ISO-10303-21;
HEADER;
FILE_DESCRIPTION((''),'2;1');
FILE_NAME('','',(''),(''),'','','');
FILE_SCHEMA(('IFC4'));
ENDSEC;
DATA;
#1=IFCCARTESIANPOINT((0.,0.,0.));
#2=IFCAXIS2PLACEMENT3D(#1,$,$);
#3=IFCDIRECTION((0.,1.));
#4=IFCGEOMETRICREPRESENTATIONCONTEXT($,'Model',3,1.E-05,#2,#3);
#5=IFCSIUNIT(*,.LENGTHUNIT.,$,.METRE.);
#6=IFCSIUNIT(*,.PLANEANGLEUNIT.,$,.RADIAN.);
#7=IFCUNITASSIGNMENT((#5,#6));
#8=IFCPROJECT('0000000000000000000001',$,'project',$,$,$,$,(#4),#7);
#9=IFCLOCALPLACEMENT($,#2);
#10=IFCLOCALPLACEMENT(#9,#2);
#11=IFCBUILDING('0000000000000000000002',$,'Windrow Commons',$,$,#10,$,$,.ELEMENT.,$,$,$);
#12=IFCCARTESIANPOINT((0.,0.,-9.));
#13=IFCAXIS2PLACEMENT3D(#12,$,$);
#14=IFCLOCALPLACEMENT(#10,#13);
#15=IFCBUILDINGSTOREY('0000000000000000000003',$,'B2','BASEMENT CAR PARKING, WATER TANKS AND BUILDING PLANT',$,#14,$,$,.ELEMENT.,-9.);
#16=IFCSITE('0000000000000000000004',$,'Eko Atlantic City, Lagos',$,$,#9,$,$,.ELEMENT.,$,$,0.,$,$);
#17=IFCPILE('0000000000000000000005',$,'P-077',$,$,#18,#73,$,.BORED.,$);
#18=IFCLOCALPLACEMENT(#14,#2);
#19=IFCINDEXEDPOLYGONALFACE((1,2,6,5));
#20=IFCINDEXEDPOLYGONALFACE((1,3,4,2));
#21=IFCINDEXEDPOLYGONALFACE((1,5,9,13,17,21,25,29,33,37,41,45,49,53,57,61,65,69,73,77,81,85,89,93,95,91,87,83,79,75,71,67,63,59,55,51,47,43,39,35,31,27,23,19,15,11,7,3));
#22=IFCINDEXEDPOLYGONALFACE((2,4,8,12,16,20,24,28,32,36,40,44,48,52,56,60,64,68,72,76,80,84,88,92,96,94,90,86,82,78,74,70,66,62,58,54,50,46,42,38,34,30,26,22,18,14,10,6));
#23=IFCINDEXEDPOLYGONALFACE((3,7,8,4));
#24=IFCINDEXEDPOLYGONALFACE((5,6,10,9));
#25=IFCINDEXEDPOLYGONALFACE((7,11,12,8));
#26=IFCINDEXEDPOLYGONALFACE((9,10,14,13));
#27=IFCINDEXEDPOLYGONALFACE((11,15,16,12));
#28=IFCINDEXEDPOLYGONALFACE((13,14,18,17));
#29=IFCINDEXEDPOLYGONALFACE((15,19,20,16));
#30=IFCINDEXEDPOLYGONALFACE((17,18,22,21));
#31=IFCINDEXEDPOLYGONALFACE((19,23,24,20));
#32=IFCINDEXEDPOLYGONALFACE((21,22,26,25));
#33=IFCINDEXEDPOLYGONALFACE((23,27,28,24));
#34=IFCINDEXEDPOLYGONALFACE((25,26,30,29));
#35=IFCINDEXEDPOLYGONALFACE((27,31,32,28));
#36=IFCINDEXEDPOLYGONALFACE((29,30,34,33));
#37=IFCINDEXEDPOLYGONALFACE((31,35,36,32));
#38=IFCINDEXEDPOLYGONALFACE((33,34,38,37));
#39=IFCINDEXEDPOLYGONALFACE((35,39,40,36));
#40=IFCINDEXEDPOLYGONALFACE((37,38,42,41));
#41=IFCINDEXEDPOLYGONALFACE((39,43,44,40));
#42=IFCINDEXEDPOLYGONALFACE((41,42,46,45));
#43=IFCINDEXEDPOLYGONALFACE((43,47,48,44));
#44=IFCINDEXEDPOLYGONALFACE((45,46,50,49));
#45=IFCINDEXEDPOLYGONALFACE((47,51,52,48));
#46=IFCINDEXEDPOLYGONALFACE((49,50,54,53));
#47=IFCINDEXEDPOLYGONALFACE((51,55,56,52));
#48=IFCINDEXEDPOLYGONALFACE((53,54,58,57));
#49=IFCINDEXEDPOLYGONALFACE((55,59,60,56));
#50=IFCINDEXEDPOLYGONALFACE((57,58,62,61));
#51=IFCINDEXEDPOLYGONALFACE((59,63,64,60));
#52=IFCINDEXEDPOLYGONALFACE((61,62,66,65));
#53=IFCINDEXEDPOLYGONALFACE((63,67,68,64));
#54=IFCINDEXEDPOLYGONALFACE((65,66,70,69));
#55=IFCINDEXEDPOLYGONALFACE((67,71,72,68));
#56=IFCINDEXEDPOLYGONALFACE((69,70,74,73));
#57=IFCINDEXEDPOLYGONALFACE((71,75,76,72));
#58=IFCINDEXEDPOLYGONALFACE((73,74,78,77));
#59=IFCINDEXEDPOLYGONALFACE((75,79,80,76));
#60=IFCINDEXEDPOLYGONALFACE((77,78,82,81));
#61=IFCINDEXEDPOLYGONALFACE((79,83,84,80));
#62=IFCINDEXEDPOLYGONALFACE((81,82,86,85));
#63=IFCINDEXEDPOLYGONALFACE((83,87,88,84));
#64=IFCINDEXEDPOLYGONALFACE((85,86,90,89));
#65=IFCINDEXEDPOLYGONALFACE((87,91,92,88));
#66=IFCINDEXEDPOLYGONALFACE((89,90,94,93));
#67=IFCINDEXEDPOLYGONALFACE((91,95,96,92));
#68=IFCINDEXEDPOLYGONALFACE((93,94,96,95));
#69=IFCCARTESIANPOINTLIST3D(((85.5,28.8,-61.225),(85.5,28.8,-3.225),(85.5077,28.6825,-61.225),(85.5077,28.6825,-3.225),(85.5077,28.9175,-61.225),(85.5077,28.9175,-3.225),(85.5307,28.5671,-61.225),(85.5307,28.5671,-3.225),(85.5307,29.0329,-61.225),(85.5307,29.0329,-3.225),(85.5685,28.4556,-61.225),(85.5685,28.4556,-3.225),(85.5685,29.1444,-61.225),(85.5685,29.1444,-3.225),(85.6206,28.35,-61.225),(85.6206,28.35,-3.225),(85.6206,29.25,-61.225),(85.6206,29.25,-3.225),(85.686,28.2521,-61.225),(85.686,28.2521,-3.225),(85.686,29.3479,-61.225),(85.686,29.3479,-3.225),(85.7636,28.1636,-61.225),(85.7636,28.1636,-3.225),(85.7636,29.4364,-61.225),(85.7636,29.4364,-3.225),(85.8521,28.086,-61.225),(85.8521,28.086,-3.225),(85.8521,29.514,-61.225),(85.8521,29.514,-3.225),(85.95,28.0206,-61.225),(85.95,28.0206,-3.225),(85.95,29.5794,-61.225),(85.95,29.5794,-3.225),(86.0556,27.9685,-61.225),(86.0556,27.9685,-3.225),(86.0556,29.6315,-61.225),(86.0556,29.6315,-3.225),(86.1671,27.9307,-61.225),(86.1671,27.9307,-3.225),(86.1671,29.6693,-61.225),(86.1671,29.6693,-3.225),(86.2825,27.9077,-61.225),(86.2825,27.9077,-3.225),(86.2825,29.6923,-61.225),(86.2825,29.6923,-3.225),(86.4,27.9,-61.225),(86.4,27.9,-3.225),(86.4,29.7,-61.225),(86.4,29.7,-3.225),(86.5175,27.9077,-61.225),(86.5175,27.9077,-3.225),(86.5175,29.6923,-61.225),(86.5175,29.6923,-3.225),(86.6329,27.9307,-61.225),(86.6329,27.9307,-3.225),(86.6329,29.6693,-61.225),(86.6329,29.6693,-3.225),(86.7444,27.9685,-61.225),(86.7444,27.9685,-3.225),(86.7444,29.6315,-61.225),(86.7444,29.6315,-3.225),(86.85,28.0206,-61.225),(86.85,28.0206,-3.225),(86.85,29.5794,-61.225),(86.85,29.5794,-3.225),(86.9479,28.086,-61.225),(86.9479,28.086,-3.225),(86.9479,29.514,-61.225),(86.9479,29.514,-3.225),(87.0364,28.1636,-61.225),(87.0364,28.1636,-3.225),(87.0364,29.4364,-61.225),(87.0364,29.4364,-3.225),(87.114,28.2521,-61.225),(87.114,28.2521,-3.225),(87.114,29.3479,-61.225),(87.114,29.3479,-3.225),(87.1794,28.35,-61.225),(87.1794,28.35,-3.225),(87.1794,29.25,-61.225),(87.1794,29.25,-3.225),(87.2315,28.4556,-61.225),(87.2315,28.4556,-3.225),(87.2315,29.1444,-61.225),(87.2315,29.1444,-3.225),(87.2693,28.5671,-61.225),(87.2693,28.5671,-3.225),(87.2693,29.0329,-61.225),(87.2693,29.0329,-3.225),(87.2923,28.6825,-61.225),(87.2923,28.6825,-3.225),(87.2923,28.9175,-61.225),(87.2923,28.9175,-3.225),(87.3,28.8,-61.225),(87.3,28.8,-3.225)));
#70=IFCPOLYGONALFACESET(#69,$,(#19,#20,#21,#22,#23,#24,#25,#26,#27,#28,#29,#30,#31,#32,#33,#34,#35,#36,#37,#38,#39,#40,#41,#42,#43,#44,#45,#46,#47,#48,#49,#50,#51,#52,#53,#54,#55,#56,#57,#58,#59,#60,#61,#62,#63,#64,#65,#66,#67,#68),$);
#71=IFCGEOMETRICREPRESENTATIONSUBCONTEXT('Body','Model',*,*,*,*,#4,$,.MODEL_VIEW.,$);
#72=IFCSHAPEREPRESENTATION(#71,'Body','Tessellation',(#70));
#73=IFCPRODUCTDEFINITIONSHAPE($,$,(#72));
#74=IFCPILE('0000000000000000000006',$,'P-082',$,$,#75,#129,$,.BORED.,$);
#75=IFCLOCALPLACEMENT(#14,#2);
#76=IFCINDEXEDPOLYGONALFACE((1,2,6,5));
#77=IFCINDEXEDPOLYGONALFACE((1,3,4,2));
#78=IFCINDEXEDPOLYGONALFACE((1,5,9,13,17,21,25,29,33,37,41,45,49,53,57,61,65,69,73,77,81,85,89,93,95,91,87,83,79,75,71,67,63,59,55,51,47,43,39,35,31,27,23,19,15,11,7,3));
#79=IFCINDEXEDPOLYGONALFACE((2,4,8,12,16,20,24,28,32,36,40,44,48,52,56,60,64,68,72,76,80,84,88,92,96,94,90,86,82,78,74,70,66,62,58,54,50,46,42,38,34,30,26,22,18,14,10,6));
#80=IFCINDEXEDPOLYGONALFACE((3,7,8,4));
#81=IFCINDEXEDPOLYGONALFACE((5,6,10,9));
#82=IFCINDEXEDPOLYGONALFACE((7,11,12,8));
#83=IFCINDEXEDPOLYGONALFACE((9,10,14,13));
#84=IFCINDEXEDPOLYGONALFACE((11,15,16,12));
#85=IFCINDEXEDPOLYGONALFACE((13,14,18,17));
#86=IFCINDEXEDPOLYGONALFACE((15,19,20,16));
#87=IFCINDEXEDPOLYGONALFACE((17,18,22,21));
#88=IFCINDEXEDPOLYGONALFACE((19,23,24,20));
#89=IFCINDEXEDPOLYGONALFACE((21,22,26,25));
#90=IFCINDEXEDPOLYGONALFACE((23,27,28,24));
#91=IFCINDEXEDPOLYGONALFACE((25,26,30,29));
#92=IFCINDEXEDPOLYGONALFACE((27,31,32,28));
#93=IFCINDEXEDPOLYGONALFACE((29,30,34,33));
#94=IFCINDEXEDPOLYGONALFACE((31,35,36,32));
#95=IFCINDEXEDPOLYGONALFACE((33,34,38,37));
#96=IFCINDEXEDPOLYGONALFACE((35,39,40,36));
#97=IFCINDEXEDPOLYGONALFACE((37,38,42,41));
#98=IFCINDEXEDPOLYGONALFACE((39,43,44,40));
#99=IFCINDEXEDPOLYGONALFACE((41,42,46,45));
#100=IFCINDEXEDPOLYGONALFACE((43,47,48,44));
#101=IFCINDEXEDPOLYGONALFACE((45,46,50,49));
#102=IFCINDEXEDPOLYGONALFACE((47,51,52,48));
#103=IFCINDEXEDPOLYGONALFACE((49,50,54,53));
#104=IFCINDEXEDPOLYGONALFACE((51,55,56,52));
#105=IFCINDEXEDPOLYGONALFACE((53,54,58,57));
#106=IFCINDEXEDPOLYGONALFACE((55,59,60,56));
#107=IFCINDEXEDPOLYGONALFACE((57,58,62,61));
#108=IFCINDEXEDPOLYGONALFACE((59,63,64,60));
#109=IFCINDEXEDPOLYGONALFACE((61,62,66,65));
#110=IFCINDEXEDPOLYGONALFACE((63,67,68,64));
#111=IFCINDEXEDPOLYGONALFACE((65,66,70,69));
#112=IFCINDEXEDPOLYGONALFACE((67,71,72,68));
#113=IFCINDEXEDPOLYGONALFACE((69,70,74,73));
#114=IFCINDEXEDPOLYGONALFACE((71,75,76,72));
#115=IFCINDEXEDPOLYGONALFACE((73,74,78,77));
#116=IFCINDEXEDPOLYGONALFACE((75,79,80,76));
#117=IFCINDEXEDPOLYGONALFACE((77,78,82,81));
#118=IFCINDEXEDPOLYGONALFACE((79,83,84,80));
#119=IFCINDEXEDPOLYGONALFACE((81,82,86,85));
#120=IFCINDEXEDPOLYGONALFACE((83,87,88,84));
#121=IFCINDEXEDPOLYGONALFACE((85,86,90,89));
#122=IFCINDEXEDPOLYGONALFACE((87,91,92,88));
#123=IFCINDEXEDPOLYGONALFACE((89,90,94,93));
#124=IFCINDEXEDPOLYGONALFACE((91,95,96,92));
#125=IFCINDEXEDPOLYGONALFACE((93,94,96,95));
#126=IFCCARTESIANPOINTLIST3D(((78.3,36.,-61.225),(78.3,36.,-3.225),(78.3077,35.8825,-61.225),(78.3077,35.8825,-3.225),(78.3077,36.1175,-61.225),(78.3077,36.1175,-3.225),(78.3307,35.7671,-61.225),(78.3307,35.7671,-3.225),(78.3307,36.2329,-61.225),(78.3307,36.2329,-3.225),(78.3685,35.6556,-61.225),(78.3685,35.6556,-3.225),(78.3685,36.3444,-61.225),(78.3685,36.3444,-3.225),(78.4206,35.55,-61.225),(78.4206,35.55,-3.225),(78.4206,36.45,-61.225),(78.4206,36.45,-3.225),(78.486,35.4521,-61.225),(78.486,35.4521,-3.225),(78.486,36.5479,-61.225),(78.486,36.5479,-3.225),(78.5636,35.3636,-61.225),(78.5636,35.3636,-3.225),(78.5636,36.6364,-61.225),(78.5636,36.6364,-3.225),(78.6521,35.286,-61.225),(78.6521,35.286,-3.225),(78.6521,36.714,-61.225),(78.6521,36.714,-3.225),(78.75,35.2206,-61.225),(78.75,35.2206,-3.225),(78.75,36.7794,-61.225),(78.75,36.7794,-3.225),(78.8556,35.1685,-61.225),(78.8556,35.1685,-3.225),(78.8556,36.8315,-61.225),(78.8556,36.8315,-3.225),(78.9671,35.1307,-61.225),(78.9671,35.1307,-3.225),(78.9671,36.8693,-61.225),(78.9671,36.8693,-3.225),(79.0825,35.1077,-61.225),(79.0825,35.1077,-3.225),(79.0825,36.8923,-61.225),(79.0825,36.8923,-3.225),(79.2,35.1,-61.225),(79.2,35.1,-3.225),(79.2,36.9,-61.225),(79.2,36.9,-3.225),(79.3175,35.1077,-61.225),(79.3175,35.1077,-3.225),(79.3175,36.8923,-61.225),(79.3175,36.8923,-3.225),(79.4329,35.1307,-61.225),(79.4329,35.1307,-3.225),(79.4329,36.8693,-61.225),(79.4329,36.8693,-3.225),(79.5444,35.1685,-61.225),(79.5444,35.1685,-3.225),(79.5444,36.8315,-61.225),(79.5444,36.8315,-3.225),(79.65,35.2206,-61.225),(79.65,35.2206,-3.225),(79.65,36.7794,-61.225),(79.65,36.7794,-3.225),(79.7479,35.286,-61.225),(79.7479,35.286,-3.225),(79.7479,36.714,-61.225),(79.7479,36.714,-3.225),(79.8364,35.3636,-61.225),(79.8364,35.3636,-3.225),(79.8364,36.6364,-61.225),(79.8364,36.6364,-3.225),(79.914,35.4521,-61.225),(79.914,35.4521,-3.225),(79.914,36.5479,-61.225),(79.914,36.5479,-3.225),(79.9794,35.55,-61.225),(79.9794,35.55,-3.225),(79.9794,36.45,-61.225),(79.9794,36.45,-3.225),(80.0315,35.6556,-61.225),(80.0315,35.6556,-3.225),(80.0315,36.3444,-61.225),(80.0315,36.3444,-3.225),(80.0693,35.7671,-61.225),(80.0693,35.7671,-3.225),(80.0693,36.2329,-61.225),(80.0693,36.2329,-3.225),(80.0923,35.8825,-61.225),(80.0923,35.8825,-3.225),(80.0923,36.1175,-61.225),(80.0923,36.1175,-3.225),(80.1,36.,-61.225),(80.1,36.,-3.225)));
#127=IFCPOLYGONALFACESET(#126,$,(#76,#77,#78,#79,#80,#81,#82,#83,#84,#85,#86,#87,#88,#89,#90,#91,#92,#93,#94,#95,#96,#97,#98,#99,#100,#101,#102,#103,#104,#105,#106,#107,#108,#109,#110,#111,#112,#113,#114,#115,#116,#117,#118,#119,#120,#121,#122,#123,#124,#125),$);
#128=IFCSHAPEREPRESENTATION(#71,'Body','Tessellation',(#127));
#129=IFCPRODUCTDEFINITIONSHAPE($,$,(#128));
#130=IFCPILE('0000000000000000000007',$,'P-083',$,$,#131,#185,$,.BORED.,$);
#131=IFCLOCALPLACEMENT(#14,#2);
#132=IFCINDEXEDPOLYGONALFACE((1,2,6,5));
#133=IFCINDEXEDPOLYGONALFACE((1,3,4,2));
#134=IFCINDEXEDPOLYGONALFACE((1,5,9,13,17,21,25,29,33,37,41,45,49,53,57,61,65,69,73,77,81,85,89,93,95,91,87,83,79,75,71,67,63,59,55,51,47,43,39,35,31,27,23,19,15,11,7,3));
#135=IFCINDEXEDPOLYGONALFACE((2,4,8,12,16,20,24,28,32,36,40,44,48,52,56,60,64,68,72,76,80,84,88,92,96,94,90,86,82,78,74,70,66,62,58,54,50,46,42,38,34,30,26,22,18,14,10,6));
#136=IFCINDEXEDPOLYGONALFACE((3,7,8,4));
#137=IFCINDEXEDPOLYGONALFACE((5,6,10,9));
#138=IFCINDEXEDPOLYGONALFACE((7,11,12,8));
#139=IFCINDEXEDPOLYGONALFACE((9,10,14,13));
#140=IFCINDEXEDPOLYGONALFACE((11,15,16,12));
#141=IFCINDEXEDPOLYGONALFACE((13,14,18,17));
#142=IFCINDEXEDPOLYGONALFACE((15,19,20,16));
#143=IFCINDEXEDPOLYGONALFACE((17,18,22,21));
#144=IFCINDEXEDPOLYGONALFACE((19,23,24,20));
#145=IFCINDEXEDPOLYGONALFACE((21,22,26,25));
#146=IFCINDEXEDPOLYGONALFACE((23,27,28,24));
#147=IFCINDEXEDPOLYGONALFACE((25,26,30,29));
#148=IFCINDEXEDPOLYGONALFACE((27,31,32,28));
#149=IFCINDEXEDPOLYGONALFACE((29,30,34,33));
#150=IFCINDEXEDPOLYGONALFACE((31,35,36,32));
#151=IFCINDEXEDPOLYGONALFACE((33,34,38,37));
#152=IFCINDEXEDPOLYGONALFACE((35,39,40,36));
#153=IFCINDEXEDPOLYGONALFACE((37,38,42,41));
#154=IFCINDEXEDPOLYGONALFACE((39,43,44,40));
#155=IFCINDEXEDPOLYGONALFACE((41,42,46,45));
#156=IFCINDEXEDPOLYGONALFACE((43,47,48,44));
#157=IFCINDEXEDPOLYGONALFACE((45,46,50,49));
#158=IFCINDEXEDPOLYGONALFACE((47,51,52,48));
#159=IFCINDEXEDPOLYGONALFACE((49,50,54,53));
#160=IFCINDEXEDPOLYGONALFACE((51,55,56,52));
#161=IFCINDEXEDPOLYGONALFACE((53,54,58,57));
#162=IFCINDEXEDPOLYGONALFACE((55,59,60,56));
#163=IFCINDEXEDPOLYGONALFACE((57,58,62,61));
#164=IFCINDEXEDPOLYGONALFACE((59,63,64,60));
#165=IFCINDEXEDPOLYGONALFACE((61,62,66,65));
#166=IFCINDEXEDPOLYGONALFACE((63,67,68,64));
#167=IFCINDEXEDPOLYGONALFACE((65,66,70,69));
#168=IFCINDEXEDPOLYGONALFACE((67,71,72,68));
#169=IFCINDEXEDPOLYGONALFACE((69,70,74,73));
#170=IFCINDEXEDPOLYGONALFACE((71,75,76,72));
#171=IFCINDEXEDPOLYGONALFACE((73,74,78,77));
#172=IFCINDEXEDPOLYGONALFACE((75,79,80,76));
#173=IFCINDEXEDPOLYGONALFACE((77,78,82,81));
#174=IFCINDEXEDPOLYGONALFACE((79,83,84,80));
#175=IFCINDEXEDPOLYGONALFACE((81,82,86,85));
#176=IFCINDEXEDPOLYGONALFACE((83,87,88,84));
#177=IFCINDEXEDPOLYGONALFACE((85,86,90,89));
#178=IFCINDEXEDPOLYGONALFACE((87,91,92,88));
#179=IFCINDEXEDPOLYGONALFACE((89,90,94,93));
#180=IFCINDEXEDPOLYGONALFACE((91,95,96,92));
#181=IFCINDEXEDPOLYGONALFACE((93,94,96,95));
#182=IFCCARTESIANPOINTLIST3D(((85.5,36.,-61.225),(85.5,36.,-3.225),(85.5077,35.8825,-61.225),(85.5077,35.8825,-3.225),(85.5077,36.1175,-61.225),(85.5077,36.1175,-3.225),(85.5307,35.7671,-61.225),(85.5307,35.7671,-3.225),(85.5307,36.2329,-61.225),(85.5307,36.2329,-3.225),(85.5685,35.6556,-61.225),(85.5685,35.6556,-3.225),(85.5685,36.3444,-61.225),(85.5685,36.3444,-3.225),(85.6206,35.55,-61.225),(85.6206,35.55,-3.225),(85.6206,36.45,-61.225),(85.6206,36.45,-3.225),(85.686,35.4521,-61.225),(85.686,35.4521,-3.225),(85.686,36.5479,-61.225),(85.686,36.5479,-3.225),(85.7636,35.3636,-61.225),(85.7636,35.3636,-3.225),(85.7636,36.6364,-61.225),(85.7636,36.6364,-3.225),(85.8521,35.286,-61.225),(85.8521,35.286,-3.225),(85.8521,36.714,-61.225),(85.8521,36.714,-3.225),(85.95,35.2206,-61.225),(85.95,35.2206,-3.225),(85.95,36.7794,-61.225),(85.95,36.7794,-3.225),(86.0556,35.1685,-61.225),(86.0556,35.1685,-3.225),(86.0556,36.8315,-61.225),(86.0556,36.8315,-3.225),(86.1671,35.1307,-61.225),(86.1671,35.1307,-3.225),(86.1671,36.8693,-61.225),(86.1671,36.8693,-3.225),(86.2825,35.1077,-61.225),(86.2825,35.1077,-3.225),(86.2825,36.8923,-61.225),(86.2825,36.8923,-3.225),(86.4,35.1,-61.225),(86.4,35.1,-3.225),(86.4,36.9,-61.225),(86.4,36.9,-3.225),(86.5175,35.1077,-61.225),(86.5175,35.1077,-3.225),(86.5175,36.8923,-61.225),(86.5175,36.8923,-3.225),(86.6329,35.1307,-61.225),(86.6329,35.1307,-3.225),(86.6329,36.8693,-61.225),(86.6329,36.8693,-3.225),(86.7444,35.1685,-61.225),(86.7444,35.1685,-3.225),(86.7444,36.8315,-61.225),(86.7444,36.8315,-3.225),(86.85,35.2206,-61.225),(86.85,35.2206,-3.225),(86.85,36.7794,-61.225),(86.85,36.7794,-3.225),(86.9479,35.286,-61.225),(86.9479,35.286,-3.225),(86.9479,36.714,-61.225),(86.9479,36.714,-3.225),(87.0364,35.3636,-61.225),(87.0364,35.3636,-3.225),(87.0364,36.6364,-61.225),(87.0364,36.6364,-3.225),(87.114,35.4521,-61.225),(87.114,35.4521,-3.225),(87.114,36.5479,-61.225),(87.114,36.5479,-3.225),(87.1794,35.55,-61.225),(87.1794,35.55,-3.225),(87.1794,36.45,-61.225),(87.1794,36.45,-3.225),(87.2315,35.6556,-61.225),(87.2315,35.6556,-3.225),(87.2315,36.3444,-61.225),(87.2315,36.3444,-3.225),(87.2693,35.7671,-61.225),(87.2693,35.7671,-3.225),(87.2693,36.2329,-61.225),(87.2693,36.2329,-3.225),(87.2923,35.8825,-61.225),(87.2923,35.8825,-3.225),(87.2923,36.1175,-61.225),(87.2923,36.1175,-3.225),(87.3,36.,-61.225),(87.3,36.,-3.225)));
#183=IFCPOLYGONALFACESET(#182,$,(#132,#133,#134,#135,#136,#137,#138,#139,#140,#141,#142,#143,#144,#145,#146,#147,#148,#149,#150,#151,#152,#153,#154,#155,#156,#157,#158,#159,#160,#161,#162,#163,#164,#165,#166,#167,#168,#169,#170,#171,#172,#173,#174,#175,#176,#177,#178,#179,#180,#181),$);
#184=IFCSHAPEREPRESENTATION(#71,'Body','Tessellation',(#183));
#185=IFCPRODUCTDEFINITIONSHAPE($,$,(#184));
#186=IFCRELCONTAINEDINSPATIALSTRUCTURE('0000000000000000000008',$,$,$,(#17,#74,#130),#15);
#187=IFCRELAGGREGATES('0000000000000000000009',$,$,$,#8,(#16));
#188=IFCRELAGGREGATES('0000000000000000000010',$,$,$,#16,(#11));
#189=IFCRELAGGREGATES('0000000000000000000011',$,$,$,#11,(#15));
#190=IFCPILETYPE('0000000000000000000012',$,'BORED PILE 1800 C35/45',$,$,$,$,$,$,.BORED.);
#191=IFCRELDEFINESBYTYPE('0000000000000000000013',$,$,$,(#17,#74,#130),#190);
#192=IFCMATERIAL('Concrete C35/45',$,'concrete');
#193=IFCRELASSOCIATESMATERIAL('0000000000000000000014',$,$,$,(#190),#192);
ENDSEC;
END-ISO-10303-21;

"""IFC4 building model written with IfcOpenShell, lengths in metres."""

from ifc_helpers import new_model, si_unit, direction, frame, origin, origin_2d, place, context, subcontext, project, spatial, circle, extrude, material, material_profile, profile_set, type_object, element, save


model = new_model("IFC4")

# Units and contexts
model_context = context("Model", 3, precision=1e-05, world=origin(), true_north=direction((0.0, 1.0)))
body_context = subcontext(model_context, "Body", "Model", "MODEL_VIEW")
ifc_project = project(units=[si_unit("LENGTHUNIT", "METRE"), si_unit("PLANEANGLEUNIT", "RADIAN")], contexts=[model_context])

# Site, building, storey
site_placement = place(None, origin())
site = spatial("IfcSite", under=ifc_project, at=site_placement, Name="Eko Atlantic City, Lagos", CompositionType="ELEMENT", RefElevation=0.0)
building_placement = place(site_placement, origin())
building = spatial("IfcBuilding", under=site, at=building_placement, Name="Windrow Commons", CompositionType="ELEMENT")
storey_placement = place(building_placement, frame((0.0, 0.0, -9.0)))
storey = spatial("IfcBuildingStorey", under=building, at=storey_placement, Name="B2", Description="BASEMENT CAR PARKING, WATER TANKS AND BUILDING PLANT", CompositionType="ELEMENT", Elevation=-9.0)

# Piles
ifc_material_1 = material(Name="Concrete C35/45", Category="concrete")
ifc_material_profile_1 = material_profile(ifc_material_1, circle(Radius=0.9, at=origin_2d()))
ifc_profile_set_1 = profile_set([ifc_material_profile_1], Name="Concrete C35/45")
pile_type = type_object("IfcPileType", Name="BORED PILE 1800 C35/45", PredefinedType="BORED", material=ifc_profile_set_1)
for number, where, z_axis, x_axis, name in (
    (1, (86.4, 28.8, -3.225), (0.0, 0.0, -1.0), (1.0, 0.0, 0.0), "P-077"),
    (2, (79.2, 36.0, -3.225), (0.0, 0.0, -1.0), (1.0, 0.0, 0.0), "P-082"),
    (3, (86.4, 36.0, -3.225), (0.0, 0.0, -1.0), (1.0, 0.0, 0.0), "P-083"),
):
    element("IfcPile", number, at=place(storey_placement, frame(where, z_axis=z_axis, x_axis=x_axis)), inside=storey, type_object=pile_type, Name=name, PredefinedType="BORED", context=body_context, shape_type="SweptSolid", body=[
        extrude(circle(Radius=0.9, at=origin_2d()), origin(), (0.0, 0.0, 1.0), 58.0),
    ])

save(model, "model.ifc")
